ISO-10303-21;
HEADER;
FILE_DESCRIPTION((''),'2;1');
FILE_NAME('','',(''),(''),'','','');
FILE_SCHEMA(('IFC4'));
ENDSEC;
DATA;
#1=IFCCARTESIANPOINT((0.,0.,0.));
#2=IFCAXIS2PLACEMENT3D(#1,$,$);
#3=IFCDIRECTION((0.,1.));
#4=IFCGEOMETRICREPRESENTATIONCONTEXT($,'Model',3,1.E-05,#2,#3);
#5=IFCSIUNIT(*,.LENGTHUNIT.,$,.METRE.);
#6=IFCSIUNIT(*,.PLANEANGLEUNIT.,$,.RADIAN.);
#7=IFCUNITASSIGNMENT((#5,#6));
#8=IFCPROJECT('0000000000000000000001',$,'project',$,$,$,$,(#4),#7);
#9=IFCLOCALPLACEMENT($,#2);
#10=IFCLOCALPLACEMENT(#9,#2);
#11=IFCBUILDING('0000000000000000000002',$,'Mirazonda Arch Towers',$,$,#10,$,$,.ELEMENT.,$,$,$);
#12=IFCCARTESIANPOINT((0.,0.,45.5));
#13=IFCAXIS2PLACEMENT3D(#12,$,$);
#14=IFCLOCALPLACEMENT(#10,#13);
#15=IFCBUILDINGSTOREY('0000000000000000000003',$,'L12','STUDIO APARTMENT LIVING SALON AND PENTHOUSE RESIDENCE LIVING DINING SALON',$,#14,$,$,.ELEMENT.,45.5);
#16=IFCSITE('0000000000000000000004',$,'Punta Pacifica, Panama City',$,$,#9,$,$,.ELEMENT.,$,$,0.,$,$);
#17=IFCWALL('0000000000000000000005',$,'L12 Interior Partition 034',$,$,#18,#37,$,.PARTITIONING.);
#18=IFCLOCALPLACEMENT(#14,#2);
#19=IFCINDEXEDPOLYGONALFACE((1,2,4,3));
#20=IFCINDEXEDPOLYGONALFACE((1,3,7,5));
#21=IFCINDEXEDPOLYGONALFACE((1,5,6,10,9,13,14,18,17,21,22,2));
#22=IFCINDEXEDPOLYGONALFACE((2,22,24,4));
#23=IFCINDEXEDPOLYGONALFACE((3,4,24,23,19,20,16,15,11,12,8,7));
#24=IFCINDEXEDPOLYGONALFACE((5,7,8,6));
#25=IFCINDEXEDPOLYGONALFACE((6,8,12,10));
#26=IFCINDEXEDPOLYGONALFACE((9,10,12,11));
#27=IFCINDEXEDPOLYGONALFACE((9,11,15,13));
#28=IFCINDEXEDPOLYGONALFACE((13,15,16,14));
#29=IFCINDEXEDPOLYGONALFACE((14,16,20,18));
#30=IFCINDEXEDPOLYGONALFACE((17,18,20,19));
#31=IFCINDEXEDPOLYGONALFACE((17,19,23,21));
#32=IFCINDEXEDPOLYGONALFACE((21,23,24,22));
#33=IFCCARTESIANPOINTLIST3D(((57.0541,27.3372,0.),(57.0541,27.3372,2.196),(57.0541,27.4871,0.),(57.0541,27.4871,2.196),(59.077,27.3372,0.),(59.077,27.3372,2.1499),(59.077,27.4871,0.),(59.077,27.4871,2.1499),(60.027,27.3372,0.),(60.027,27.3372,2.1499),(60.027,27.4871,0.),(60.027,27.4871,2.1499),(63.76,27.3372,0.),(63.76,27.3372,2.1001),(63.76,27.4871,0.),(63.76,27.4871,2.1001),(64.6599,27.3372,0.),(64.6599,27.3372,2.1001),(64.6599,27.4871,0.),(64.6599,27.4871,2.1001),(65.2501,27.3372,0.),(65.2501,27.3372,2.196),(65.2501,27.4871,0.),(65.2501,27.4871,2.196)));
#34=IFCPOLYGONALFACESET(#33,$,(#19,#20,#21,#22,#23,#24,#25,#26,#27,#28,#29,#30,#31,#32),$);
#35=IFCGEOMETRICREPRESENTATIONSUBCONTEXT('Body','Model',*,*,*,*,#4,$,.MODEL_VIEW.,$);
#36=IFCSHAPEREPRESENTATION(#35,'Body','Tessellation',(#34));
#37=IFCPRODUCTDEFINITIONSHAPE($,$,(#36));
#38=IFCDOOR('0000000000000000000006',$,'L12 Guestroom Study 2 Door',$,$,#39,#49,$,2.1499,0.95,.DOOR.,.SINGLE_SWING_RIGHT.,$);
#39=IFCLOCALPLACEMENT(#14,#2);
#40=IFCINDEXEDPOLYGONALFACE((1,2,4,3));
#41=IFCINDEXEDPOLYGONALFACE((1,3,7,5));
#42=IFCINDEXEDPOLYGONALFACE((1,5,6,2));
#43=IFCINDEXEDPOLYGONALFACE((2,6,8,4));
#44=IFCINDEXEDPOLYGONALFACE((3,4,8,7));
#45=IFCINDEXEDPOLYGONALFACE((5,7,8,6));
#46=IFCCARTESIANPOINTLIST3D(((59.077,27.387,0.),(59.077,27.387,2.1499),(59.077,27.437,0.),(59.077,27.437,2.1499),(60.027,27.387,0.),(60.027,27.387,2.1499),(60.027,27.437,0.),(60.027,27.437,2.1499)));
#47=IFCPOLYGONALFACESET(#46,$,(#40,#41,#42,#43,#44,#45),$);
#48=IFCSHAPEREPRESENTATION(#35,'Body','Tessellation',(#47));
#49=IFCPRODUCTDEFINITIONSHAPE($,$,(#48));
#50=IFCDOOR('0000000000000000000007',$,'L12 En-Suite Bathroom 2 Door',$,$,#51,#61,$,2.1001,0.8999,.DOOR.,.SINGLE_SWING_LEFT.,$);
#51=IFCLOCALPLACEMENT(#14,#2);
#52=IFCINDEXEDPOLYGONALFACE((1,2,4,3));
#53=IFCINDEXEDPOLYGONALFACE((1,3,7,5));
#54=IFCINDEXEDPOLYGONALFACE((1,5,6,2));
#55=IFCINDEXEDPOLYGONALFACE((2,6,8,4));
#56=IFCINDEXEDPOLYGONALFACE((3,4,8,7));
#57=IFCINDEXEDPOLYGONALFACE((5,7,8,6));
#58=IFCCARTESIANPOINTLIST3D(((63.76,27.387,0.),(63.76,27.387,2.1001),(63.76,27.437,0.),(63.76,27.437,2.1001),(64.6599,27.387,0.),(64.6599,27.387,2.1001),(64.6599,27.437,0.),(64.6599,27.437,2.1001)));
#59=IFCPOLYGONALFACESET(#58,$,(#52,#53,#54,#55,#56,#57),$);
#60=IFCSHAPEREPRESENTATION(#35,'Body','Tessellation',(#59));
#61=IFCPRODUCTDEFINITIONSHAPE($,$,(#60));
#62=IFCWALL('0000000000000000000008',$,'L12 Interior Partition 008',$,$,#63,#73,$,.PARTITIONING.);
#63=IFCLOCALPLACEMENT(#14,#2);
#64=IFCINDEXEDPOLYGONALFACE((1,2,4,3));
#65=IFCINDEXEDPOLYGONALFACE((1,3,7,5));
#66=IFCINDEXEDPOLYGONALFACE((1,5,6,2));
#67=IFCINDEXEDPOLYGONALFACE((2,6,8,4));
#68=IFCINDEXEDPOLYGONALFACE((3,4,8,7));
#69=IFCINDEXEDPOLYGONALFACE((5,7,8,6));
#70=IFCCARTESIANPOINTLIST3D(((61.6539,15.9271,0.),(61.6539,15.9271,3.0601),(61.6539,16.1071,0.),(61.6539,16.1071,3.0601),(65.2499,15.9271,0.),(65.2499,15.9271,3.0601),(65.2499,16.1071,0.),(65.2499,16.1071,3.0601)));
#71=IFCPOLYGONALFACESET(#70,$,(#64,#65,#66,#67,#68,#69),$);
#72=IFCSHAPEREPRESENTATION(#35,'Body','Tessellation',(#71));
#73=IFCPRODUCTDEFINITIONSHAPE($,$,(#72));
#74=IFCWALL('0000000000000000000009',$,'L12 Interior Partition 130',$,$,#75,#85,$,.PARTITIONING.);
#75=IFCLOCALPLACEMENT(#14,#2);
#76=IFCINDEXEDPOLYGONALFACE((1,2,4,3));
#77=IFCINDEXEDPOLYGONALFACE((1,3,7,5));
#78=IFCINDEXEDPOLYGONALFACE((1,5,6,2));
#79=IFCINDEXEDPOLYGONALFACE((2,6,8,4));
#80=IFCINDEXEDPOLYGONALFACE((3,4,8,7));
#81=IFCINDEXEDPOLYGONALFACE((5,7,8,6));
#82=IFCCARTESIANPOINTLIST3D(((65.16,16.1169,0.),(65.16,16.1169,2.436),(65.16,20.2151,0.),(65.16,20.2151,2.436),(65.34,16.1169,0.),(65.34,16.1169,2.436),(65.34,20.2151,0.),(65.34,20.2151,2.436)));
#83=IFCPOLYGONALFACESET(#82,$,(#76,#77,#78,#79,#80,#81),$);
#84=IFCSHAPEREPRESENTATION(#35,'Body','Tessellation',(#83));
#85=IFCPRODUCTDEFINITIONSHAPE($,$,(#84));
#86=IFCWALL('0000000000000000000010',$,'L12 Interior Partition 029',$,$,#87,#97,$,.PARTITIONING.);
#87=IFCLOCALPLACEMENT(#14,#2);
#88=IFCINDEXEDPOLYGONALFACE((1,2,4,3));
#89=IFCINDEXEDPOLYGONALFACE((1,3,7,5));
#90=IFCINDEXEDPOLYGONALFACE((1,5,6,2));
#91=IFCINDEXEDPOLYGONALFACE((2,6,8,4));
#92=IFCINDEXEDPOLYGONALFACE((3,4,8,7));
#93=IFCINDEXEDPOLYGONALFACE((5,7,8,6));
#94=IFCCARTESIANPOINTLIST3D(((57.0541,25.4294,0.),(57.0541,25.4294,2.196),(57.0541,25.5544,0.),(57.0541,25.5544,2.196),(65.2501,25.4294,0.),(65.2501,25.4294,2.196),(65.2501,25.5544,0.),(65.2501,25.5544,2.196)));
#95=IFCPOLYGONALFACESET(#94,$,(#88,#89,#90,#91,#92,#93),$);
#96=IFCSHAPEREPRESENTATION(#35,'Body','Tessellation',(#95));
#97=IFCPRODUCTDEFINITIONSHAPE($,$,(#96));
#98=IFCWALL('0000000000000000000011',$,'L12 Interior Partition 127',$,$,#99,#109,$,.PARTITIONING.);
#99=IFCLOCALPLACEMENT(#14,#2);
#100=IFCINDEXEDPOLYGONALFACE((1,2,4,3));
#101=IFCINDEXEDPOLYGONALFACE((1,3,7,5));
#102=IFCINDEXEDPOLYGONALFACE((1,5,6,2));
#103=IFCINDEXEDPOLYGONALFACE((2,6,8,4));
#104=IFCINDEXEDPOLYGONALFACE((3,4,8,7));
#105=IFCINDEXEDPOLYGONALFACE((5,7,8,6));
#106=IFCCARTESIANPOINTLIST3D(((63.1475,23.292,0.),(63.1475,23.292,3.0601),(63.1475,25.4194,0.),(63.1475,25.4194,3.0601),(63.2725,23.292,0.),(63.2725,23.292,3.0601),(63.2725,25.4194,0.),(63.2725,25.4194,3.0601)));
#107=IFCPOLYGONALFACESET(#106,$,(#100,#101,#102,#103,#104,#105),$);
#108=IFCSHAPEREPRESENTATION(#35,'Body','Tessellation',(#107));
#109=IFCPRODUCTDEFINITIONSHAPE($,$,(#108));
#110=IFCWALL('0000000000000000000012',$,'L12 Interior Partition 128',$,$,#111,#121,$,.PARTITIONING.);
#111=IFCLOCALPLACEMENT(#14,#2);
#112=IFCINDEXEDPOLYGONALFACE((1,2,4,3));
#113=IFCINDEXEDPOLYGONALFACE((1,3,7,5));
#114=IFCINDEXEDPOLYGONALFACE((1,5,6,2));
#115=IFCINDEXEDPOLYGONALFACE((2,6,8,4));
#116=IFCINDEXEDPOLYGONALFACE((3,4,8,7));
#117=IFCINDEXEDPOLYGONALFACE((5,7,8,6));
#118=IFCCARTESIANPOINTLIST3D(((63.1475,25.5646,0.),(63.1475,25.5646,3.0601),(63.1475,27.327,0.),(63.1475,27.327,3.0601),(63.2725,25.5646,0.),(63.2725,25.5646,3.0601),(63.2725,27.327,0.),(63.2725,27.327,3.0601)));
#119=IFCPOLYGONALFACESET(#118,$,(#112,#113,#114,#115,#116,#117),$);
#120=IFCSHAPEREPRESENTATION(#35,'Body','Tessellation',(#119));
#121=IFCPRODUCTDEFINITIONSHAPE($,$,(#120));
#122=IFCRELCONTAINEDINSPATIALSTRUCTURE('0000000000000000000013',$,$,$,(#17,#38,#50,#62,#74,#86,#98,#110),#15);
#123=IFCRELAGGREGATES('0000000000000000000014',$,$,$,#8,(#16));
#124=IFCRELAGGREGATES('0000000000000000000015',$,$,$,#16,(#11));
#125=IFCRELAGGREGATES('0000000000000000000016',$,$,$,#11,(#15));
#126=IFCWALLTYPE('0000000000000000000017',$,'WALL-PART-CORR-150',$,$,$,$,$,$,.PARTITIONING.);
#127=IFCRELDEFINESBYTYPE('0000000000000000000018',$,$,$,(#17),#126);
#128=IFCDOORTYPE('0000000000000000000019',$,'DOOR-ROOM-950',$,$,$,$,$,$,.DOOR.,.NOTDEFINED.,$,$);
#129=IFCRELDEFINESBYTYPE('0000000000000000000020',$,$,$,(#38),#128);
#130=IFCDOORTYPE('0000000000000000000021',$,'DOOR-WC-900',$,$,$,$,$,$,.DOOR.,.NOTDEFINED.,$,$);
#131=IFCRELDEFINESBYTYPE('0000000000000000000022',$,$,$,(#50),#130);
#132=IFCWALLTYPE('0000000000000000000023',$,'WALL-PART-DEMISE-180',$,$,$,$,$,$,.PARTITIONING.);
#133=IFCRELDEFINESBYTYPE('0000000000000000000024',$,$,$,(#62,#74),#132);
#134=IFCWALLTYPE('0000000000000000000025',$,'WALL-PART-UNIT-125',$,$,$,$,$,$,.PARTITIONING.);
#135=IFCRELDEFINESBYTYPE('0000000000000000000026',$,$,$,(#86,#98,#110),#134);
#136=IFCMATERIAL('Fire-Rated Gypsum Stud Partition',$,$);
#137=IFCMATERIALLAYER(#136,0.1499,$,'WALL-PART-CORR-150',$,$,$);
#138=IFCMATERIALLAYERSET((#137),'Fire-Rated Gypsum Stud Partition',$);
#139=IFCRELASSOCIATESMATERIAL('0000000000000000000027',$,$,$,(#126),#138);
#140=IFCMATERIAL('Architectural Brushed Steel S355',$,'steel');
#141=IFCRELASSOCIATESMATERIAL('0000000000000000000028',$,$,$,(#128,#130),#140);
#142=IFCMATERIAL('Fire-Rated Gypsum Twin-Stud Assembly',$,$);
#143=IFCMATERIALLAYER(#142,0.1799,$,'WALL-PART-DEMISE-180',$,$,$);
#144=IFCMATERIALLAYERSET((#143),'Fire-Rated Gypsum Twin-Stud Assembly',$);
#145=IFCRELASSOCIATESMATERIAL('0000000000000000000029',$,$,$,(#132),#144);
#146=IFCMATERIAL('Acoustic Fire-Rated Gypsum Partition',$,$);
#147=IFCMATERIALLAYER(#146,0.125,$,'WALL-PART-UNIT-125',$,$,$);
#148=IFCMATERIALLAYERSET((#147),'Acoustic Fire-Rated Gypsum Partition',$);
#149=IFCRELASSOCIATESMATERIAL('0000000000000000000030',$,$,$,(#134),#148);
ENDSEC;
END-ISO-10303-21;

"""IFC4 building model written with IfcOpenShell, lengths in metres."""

from ifc_helpers import new_model, si_unit, direction, frame, frame_2d, origin, place, context, subcontext, project, spatial, rectangle, extrude, material, layer, layer_set, type_object, element, fill, save


model = new_model("IFC4")

# Units and contexts
model_context = context("Model", 3, precision=1e-05, world=origin(), true_north=direction((0.0, 1.0)))
body_context = subcontext(model_context, "Body", "Model", "MODEL_VIEW")
ifc_project = project(units=[si_unit("LENGTHUNIT", "METRE"), si_unit("PLANEANGLEUNIT", "RADIAN")], contexts=[model_context])

# Site, building, storey
site_placement = place(None, origin())
site = spatial("IfcSite", under=ifc_project, at=site_placement, Name="Punta Pacifica, Panama City", CompositionType="ELEMENT", RefElevation=0.0)
building_placement = place(site_placement, origin())
building = spatial("IfcBuilding", under=site, at=building_placement, Name="Mirazonda Arch Towers", CompositionType="ELEMENT")
storey_placement = place(building_placement, frame((0.0, 0.0, 45.5)))
storey = spatial("IfcBuildingStorey", under=building, at=storey_placement, Name="L12", Description="STUDIO APARTMENT LIVING SALON AND PENTHOUSE RESIDENCE LIVING DINING SALON", CompositionType="ELEMENT", Elevation=45.5)

# Shared definitions
ifc_material_1 = material(Name="Fire-Rated Gypsum Stud Partition")
ifc_layer_1 = layer(ifc_material_1, 0.1499, Name="WALL-PART-CORR-150")
ifc_layer_set_1 = layer_set([ifc_layer_1], Name="Fire-Rated Gypsum Stud Partition")
wall_type_1 = type_object("IfcWallType", Name="WALL-PART-CORR-150", PredefinedType="PARTITIONING", material=ifc_layer_set_1)

# Wall, openings, doors
wall_1_placement = place(storey_placement, frame((57.054, 27.4121, 0.0), z_axis=(0.0, 0.0, 1.0), x_axis=(1.0, 0.0, 0.0)))
wall_1 = element("IfcWall", 1, at=wall_1_placement, inside=storey, type_object=wall_type_1, Name="L12 Interior Partition 034", PredefinedType="PARTITIONING", context=body_context, shape_type="SweptSolid", body=[
    extrude(rectangle(XDim=8.196, YDim=0.1499, at=frame_2d((4.0981, 0.0))), origin(), (0.0, 0.0, 1.0), 2.196),
])
opening_1_placement = place(wall_1_placement, frame((2.0229, 0.0, 0.0)))
opening_1 = element("IfcOpeningElement", 2, at=opening_1_placement, cuts=wall_1, PredefinedType="OPENING", context=body_context, shape_type="SweptSolid", body=[
    extrude(rectangle(XDim=0.95, YDim=2.1499, at=frame_2d((0.4751, 1.075))), frame((0.0, 0.085, 0.0), z_axis=(0.0, -1.0, 0.0), x_axis=(1.0, 0.0, 0.0)), (0.0, 0.0, 1.0), 0.1699),
])
opening_2_placement = place(wall_1_placement, frame((6.7061, 0.0, 0.0)))
opening_2 = element("IfcOpeningElement", 3, at=opening_2_placement, cuts=wall_1, PredefinedType="OPENING", context=body_context, shape_type="SweptSolid", body=[
    extrude(rectangle(XDim=0.8999, YDim=2.1001, at=frame_2d((0.45, 1.05))), frame((0.0, 0.085, 0.0), z_axis=(0.0, -1.0, 0.0), x_axis=(1.0, 0.0, 0.0)), (0.0, 0.0, 1.0), 0.1699),
])
ifc_material_2 = material(Name="Architectural Brushed Steel S355", Category="steel")
door_type_1 = type_object("IfcDoorType", Name="DOOR-ROOM-950", OperationType="NOTDEFINED", PredefinedType="DOOR", material=ifc_material_2)
door_1_placement = place(opening_1_placement, origin())
door_1 = element("IfcDoor", 4, at=door_1_placement, inside=storey, type_object=door_type_1, Name="L12 Guestroom Study 2 Door", OperationType="SINGLE_SWING_RIGHT", OverallHeight=2.1499, OverallWidth=0.95, PredefinedType="DOOR", context=body_context, shape_type="SweptSolid", body=[
    extrude(rectangle(XDim=0.95, YDim=2.1499, at=frame_2d((0.4751, 1.075))), frame((0.0, 0.0249, 0.0), z_axis=(0.0, -1.0, 0.0), x_axis=(1.0, 0.0, 0.0)), (0.0, 0.0, 1.0), 0.05),
])
fill(opening_1, door_1)
door_type_2 = type_object("IfcDoorType", Name="DOOR-WC-900", OperationType="NOTDEFINED", PredefinedType="DOOR", material=ifc_material_2)
door_2_placement = place(opening_2_placement, origin())
door_2 = element("IfcDoor", 5, at=door_2_placement, inside=storey, type_object=door_type_2, Name="L12 En-Suite Bathroom 2 Door", OperationType="SINGLE_SWING_LEFT", OverallHeight=2.1001, OverallWidth=0.8999, PredefinedType="DOOR", context=body_context, shape_type="SweptSolid", body=[
    extrude(rectangle(XDim=0.8999, YDim=2.1001, at=frame_2d((0.45, 1.05))), frame((0.0, 0.0249, 0.0), z_axis=(0.0, -1.0, 0.0), x_axis=(1.0, 0.0, 0.0)), (0.0, 0.0, 1.0), 0.05),
])
fill(opening_2, door_2)

# Walls
ifc_material_3 = material(Name="Fire-Rated Gypsum Twin-Stud Assembly")
ifc_layer_2 = layer(ifc_material_3, 0.1799, Name="WALL-PART-DEMISE-180")
ifc_layer_set_2 = layer_set([ifc_layer_2], Name="Fire-Rated Gypsum Twin-Stud Assembly")
wall_type_2 = type_object("IfcWallType", Name="WALL-PART-DEMISE-180", PredefinedType="PARTITIONING", material=ifc_layer_set_2)
wall_2_placement = place(storey_placement, frame((61.6541, 16.0171, 0.0), z_axis=(0.0, 0.0, 1.0), x_axis=(1.0, 0.0, 0.0)))
element("IfcWall", 6, at=wall_2_placement, inside=storey, type_object=wall_type_2, Name="L12 Interior Partition 008", PredefinedType="PARTITIONING", context=body_context, shape_type="SweptSolid", body=[
    extrude(rectangle(XDim=3.5959, YDim=0.1799, at=frame_2d((1.7979, 0.0))), origin(), (0.0, 0.0, 1.0), 3.0601),
])
wall_3_placement = place(storey_placement, frame((65.25, 16.1169, 0.0), z_axis=(0.0, 0.0, 1.0), x_axis=(0.0, 1.0, 0.0)))
element("IfcWall", 7, at=wall_3_placement, inside=storey, type_object=wall_type_2, Name="L12 Interior Partition 130", PredefinedType="PARTITIONING", context=body_context, shape_type="SweptSolid", body=[
    extrude(rectangle(XDim=4.0981, YDim=0.1799, at=frame_2d((2.0491, 0.0))), origin(), (0.0, 0.0, 1.0), 2.436),
])
ifc_material_4 = material(Name="Acoustic Fire-Rated Gypsum Partition")
ifc_layer_3 = layer(ifc_material_4, 0.125, Name="WALL-PART-UNIT-125")
ifc_layer_set_3 = layer_set([ifc_layer_3], Name="Acoustic Fire-Rated Gypsum Partition")
wall_type_3 = type_object("IfcWallType", Name="WALL-PART-UNIT-125", PredefinedType="PARTITIONING", material=ifc_layer_set_3)
wall_4_placement = place(storey_placement, frame((57.054, 25.4919, 0.0), z_axis=(0.0, 0.0, 1.0), x_axis=(1.0, 0.0, 0.0)))
element("IfcWall", 8, at=wall_4_placement, inside=storey, type_object=wall_type_3, Name="L12 Interior Partition 029", PredefinedType="PARTITIONING", context=body_context, shape_type="SweptSolid", body=[
    extrude(rectangle(XDim=8.196, YDim=0.125, at=frame_2d((4.0981, 0.0))), origin(), (0.0, 0.0, 1.0), 2.196),
])
wall_5_placement = place(storey_placement, frame((63.21, 23.292, 0.0), z_axis=(0.0, 0.0, 1.0), x_axis=(0.0, 1.0, 0.0)))
element("IfcWall", 9, at=wall_5_placement, inside=storey, type_object=wall_type_3, Name="L12 Interior Partition 127", PredefinedType="PARTITIONING", context=body_context, shape_type="SweptSolid", body=[
    extrude(rectangle(XDim=2.1274, YDim=0.125, at=frame_2d((1.0637, 0.0))), origin(), (0.0, 0.0, 1.0), 3.0601),
])
wall_6_placement = place(storey_placement, frame((63.21, 25.5645, 0.0), z_axis=(0.0, 0.0, 1.0), x_axis=(0.0, 1.0, 0.0)))
element("IfcWall", 10, at=wall_6_placement, inside=storey, type_object=wall_type_3, Name="L12 Interior Partition 128", PredefinedType="PARTITIONING", context=body_context, shape_type="SweptSolid", body=[
    extrude(rectangle(XDim=1.7625, YDim=0.125, at=frame_2d((0.8813, 0.0))), origin(), (0.0, 0.0, 1.0), 3.0601),
])

save(model, "model.ifc")
